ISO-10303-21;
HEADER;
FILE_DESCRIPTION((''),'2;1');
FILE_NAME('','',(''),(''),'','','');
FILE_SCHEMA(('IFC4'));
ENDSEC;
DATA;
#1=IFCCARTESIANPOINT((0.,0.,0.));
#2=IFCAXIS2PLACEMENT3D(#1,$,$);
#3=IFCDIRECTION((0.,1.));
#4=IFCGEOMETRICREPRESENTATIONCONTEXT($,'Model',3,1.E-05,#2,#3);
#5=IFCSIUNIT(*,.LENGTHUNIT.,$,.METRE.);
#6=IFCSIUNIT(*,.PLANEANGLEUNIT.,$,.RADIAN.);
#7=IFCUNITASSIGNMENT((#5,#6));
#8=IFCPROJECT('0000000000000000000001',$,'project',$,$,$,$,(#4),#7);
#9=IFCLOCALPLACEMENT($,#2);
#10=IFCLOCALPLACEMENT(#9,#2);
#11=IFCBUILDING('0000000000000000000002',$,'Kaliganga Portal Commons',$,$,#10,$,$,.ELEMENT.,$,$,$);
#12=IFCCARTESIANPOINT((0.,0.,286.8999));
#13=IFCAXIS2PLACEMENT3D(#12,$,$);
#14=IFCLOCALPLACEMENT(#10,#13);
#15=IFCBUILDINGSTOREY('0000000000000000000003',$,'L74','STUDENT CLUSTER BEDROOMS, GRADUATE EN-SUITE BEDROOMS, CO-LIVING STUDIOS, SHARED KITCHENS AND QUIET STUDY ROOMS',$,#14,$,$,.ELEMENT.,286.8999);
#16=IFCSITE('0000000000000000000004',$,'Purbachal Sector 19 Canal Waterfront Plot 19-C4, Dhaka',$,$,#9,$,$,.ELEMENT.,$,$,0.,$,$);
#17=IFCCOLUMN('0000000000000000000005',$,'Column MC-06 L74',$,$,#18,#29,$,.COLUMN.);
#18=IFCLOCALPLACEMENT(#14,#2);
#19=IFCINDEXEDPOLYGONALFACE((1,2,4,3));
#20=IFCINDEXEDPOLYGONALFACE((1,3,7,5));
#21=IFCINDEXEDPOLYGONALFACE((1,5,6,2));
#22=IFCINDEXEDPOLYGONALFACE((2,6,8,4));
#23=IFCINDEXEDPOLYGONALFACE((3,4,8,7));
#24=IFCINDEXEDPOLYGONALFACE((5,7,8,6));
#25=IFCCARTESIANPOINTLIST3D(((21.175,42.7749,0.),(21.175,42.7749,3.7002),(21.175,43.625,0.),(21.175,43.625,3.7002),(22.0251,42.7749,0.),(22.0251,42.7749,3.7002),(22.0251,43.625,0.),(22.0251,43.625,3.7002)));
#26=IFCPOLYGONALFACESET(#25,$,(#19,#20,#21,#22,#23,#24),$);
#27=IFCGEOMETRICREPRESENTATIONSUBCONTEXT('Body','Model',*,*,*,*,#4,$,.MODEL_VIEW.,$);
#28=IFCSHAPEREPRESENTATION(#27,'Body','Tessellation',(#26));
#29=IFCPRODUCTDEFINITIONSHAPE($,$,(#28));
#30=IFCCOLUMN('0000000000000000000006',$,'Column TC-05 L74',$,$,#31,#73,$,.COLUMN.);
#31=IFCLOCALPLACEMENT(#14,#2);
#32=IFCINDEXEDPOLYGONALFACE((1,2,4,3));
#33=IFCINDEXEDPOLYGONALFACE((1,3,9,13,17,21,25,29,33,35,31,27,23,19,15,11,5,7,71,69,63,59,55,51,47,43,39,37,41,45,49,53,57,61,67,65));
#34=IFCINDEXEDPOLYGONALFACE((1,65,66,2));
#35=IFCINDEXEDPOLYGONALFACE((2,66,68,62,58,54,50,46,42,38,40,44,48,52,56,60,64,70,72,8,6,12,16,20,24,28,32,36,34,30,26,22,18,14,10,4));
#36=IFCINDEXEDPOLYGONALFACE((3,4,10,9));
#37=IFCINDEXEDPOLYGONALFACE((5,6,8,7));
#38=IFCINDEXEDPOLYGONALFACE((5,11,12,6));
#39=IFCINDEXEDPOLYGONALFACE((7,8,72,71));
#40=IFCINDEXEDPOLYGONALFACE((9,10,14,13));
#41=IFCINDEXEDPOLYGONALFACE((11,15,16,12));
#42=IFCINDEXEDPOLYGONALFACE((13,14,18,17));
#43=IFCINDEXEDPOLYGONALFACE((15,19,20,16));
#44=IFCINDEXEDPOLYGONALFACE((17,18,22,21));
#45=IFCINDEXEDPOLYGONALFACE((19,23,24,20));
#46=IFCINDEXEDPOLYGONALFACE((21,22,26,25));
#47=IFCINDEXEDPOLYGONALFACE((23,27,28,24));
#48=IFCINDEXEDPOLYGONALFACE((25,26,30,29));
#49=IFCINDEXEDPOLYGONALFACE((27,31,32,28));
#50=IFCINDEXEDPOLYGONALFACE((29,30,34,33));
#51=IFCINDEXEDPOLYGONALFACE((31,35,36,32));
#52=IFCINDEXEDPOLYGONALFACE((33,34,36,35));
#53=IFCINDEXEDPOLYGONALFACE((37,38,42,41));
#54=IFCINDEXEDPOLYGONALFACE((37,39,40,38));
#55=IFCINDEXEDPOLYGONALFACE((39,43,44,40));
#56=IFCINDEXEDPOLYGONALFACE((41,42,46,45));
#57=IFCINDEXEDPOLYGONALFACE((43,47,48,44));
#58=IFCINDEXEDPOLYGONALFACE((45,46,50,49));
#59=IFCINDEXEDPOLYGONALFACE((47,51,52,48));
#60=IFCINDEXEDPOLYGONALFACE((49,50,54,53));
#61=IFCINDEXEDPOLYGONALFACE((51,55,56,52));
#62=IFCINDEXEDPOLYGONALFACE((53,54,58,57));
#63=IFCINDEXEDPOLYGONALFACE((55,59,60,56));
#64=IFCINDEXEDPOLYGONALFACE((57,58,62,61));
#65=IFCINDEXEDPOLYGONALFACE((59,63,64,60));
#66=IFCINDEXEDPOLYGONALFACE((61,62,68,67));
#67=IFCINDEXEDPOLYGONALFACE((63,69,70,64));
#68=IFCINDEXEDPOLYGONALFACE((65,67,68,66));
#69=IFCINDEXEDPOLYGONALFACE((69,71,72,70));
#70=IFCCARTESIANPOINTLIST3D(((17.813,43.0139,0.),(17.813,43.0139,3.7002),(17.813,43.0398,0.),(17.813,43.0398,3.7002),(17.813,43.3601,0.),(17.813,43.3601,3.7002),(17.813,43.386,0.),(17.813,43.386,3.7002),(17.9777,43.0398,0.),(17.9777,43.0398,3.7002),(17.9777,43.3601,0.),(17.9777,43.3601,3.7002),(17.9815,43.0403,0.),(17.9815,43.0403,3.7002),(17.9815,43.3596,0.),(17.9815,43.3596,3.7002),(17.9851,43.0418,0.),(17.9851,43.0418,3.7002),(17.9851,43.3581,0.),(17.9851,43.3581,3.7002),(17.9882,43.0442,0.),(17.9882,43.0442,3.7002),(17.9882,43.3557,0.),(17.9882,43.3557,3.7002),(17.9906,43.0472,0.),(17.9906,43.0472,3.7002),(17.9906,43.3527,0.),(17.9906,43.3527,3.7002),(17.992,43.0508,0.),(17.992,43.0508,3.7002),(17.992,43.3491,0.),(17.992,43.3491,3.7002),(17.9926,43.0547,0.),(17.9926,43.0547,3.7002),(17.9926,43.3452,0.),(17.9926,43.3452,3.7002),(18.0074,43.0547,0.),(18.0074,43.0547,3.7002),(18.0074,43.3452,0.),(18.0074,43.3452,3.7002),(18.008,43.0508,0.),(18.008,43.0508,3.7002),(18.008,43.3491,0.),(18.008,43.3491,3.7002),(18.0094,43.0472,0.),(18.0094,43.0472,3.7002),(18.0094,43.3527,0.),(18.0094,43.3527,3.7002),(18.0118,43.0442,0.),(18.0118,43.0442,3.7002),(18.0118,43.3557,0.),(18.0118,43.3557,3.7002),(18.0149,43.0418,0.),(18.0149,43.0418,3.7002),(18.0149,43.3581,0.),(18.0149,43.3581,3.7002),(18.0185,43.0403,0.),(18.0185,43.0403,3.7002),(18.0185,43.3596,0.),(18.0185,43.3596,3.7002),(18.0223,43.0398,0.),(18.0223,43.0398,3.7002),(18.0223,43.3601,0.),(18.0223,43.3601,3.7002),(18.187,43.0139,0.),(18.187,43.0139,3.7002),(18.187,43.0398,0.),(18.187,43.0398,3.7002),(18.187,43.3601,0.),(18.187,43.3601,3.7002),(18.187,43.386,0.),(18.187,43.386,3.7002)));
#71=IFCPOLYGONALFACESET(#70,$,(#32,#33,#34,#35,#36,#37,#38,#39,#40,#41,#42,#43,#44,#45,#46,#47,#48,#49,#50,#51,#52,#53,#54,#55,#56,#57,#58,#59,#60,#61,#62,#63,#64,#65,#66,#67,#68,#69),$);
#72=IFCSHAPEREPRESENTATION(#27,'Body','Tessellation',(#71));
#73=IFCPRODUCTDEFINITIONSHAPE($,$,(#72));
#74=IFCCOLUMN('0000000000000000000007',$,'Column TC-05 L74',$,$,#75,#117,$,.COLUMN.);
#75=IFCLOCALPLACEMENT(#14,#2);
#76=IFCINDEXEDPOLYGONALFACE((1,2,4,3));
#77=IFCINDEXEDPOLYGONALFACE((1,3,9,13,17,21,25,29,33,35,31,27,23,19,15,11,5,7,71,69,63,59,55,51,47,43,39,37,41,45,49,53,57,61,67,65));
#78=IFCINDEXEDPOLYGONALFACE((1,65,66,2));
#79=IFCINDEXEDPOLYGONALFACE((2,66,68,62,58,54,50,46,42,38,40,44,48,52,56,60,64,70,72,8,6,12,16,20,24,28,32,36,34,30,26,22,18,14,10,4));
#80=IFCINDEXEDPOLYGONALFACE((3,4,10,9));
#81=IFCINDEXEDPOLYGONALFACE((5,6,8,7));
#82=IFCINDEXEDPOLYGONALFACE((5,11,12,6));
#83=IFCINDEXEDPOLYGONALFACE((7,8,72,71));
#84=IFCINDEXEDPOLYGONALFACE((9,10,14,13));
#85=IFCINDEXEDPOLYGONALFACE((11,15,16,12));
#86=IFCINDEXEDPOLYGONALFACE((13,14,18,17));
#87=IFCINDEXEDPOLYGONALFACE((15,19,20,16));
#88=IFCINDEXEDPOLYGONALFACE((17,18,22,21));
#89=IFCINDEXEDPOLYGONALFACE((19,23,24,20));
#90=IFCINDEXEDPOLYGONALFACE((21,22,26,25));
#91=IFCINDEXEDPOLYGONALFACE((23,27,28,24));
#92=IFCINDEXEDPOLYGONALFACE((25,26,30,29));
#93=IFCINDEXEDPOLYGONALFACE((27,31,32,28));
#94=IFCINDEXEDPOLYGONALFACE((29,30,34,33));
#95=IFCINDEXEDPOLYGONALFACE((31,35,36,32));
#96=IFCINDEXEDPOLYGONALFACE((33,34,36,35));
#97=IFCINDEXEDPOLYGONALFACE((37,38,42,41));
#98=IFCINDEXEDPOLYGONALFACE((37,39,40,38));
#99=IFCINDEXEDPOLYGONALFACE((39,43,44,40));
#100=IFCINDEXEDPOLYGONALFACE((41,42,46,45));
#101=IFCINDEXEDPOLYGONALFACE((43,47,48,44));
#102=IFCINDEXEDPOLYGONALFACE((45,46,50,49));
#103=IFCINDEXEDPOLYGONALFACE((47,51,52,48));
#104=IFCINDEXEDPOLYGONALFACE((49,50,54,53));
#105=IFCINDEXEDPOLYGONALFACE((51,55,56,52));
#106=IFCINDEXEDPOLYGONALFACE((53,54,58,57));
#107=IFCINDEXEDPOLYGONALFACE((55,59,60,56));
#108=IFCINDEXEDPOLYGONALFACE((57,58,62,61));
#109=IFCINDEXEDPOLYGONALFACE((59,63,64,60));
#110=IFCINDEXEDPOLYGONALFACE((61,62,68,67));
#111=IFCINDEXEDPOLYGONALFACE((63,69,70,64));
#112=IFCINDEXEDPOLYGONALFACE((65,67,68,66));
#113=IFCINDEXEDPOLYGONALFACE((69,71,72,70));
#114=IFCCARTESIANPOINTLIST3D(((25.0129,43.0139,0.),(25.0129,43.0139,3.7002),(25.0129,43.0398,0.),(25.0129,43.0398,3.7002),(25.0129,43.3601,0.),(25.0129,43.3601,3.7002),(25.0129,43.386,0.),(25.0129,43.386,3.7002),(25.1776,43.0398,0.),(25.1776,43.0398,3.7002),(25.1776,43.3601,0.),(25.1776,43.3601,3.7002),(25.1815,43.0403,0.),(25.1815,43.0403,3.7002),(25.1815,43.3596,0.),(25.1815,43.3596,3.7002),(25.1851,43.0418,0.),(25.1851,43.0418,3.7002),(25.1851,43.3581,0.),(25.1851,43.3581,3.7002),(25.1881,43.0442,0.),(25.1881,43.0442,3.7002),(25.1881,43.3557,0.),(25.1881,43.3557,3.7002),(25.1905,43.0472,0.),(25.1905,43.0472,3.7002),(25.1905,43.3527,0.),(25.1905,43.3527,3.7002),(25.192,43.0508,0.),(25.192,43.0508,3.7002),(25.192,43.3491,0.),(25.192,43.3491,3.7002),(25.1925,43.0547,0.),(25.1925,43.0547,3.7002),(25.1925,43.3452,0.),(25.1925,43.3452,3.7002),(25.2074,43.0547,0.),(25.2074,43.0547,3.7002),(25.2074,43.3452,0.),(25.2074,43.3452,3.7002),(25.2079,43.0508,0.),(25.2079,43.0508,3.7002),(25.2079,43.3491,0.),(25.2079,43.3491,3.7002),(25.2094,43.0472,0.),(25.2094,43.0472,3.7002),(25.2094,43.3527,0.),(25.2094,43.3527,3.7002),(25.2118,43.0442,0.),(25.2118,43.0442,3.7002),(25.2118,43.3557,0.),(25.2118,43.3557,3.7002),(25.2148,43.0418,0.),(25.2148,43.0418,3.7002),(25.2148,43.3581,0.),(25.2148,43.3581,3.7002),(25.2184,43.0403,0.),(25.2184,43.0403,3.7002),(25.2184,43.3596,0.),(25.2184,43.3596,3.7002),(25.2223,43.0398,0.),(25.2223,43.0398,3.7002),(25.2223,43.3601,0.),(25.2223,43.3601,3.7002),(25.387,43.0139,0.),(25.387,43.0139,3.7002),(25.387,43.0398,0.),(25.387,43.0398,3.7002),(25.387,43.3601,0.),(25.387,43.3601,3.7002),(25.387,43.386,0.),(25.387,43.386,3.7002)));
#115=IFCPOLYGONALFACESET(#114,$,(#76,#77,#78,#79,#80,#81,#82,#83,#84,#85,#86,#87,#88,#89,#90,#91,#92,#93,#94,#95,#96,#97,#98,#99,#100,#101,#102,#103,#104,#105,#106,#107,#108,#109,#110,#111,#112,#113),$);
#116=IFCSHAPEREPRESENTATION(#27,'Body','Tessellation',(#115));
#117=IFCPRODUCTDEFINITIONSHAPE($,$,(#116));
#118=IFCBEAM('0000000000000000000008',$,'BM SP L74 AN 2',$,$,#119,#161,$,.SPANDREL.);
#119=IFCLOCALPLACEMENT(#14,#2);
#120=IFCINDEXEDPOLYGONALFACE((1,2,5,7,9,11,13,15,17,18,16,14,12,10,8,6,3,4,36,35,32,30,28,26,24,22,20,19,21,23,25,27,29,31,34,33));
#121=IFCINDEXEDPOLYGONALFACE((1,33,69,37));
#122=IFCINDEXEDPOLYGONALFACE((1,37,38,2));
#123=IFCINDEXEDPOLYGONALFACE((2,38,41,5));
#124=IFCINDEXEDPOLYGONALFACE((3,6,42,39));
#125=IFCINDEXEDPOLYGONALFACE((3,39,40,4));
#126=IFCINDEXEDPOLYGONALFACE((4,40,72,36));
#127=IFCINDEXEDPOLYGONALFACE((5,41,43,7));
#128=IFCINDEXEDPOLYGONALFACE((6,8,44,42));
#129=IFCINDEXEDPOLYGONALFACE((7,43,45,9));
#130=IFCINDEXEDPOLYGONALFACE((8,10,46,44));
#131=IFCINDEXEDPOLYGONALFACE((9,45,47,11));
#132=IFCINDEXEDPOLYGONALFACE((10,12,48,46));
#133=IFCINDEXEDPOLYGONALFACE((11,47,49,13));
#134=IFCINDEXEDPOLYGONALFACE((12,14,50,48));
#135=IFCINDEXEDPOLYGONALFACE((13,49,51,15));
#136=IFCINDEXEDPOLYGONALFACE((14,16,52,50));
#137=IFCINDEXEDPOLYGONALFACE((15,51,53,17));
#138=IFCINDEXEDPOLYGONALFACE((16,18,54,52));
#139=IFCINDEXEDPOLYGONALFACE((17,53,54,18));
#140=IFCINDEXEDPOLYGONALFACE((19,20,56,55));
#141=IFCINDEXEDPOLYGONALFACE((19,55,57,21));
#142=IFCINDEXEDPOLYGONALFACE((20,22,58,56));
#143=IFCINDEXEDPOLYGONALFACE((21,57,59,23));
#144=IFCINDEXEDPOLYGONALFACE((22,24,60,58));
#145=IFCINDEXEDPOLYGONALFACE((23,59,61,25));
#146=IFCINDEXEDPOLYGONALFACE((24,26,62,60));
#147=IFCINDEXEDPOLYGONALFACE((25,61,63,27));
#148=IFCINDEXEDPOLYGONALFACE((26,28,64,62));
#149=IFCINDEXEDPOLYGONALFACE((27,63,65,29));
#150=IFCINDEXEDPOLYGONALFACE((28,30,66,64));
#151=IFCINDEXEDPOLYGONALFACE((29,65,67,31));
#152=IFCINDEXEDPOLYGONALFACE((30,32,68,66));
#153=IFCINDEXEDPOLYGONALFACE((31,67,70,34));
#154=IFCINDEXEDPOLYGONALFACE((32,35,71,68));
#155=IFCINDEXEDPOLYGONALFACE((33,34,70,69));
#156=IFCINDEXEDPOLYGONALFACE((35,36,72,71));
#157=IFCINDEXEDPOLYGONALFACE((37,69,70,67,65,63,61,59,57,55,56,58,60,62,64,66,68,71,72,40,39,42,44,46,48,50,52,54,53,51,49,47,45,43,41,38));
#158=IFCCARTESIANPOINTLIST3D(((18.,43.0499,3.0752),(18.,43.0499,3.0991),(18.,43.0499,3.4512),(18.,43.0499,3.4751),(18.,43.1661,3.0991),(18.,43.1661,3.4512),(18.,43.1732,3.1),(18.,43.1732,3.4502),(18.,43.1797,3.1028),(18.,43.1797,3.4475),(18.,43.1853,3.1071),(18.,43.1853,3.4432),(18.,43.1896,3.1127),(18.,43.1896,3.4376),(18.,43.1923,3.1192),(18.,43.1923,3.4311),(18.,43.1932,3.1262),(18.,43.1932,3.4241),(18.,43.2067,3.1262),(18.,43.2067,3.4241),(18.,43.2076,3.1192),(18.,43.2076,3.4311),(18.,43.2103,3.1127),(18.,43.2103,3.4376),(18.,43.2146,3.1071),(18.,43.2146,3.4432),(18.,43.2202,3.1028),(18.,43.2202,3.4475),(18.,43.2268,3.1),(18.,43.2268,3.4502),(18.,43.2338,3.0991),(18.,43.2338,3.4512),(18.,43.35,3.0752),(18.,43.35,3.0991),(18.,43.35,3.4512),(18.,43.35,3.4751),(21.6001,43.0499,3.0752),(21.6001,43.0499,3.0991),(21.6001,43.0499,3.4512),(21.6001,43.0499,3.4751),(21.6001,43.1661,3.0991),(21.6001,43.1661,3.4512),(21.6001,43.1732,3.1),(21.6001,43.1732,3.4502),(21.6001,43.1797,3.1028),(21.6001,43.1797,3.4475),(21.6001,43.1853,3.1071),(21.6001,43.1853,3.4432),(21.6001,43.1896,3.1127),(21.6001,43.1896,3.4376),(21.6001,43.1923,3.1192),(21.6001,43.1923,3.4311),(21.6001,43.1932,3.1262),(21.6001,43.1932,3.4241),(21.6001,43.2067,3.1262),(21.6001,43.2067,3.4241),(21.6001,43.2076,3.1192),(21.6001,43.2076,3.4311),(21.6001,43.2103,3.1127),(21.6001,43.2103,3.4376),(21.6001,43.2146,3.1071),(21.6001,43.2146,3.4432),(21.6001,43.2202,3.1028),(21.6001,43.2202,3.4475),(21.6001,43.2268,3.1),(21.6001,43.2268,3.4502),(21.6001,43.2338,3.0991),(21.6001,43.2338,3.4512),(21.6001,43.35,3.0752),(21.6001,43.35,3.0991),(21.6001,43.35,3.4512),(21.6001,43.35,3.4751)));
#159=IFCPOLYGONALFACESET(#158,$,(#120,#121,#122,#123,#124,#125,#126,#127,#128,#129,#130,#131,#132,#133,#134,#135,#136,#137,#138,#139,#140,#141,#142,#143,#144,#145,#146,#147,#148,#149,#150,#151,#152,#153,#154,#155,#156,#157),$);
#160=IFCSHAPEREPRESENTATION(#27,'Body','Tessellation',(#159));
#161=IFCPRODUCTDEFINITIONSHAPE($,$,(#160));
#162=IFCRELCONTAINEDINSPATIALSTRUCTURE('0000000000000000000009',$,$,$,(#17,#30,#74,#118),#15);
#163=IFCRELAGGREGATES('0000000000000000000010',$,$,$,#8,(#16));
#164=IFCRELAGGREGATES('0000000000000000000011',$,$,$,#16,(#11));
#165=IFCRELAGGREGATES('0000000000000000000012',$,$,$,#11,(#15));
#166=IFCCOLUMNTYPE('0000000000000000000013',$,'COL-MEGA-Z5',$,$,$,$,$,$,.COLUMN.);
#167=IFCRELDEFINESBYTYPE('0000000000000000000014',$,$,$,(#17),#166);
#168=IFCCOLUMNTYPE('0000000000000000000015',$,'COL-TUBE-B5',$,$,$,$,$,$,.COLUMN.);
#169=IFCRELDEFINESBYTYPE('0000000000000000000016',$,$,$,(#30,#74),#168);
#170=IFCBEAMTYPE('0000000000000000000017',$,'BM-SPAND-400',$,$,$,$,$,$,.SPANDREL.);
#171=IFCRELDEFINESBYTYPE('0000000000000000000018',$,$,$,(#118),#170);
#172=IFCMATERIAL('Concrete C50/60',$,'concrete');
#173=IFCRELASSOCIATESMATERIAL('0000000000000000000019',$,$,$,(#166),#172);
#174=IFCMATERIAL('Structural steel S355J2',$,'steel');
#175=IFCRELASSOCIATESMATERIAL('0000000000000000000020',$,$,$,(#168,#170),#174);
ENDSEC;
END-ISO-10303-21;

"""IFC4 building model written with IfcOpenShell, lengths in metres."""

from ifc_helpers import new_model, si_unit, direction, frame, origin, origin_2d, place, context, subcontext, project, spatial, rectangle, i_section, extrude, source, transform, mapped, material, material_profile, profile_set, type_object, element, save


model = new_model("IFC4")

# Units and contexts
model_context = context("Model", 3, precision=1e-05, world=origin(), true_north=direction((0.0, 1.0)))
body_context = subcontext(model_context, "Body", "Model", "MODEL_VIEW")
ifc_project = project(units=[si_unit("LENGTHUNIT", "METRE"), si_unit("PLANEANGLEUNIT", "RADIAN")], contexts=[model_context])

# Site, building, storey
site_placement = place(None, origin())
site = spatial("IfcSite", under=ifc_project, at=site_placement, Name="Purbachal Sector 19 Canal Waterfront Plot 19-C4, Dhaka", CompositionType="ELEMENT", RefElevation=0.0)
building_placement = place(site_placement, origin())
building = spatial("IfcBuilding", under=site, at=building_placement, Name="Kaliganga Portal Commons", CompositionType="ELEMENT")
storey_placement = place(building_placement, frame((0.0, 0.0, 286.8999)))
storey = spatial("IfcBuildingStorey", under=building, at=storey_placement, Name="L74", Description="STUDENT CLUSTER BEDROOMS, GRADUATE EN-SUITE BEDROOMS, CO-LIVING STUDIOS, SHARED KITCHENS AND QUIET STUDY ROOMS", CompositionType="ELEMENT", Elevation=286.8999)

# Columns
ifc_material_1 = material(Name="Concrete C50/60", Category="concrete")
ifc_material_profile_1 = material_profile(ifc_material_1, rectangle(XDim=0.8501, YDim=0.8501, at=origin_2d()), Name="RC 850x850")
ifc_profile_set_1 = profile_set([ifc_material_profile_1], Name="Concrete C50/60")
column_type_1 = type_object("IfcColumnType", Name="COL-MEGA-Z5", PredefinedType="COLUMN", material=ifc_profile_set_1)
shared_shape_1 = source(origin(), body_context, "Body", "SweptSolid", [
    extrude(rectangle(XDim=0.8501, YDim=0.8501, at=origin_2d()), origin(), (0.0, 0.0, 1.0), 3.7002),
])
column_placement = place(storey_placement, frame((21.6001, 43.2, 0.0), z_axis=(0.0, 0.0, 1.0), x_axis=(1.0, 0.0, 0.0)))
element("IfcColumn", 1, at=column_placement, inside=storey, type_object=column_type_1, Name="Column MC-06 L74", PredefinedType="COLUMN", context=body_context, shape_type="MappedRepresentation", body=[
    mapped(shared_shape_1, transform((0.0, 0.0, 0.0), x_axis=(1.0, 0.0, 0.0), y_axis=(0.0, 1.0, 0.0), z_axis=(0.0, 0.0, 1.0), scale=1.0)),
])
ifc_material_2 = material(Name="Structural steel S355J2", Category="steel")
ifc_material_profile_2 = material_profile(ifc_material_2, i_section(OverallWidth=0.374, OverallDepth=0.3721, WebThickness=0.0149, FlangeThickness=0.0259, FilletRadius=0.0149, at=origin_2d()), Name="HD 360x196")
ifc_profile_set_2 = profile_set([ifc_material_profile_2], Name="Structural steel S355J2 wide-flange")
column_type_2 = type_object("IfcColumnType", Name="COL-TUBE-B5", PredefinedType="COLUMN", material=ifc_profile_set_2)
shared_shape_2 = source(origin(), body_context, "Body", "SweptSolid", [
    extrude(i_section(OverallWidth=0.374, OverallDepth=0.3721, WebThickness=0.0149, FlangeThickness=0.0259, FilletRadius=0.0149, at=origin_2d()), origin(), (0.0, 0.0, 1.0), 3.7002),
])
for number, where, z_axis, x_axis, name in (
    (2, (18.0, 43.2, 0.0), (0.0, 0.0, 1.0), (1.0, 0.0, 0.0), "Column TC-05 L74"),
    (3, (25.2, 43.2, 0.0), (0.0, 0.0, 1.0), (1.0, 0.0, 0.0), "Column TC-05 L74"),
):
    element("IfcColumn", number, at=place(storey_placement, frame(where, z_axis=z_axis, x_axis=x_axis)), inside=storey, type_object=column_type_2, Name=name, PredefinedType="COLUMN", context=body_context, shape_type="MappedRepresentation", body=[
        mapped(shared_shape_2, transform((0.0, 0.0, 0.0), x_axis=(1.0, 0.0, 0.0), y_axis=(0.0, 1.0, 0.0), z_axis=(0.0, 0.0, 1.0), scale=1.0)),
    ])

# Beam
ifc_material_profile_3 = material_profile(ifc_material_2, i_section(OverallWidth=0.3, OverallDepth=0.3999, WebThickness=0.0134, FlangeThickness=0.0239, FilletRadius=0.0271, at=origin_2d()), Name="HE 400 B")
ifc_profile_set_3 = profile_set([ifc_material_profile_3], Name="Structural steel S355J2 wide-flange")
beam_type = type_object("IfcBeamType", Name="BM-SPAND-400", PredefinedType="SPANDREL", material=ifc_profile_set_3)
shared_shape_3 = source(origin(), body_context, "Body", "SweptSolid", [
    extrude(i_section(OverallWidth=0.3, OverallDepth=0.3999, WebThickness=0.0134, FlangeThickness=0.0239, FilletRadius=0.0271, at=origin_2d()), origin(), (0.0, 0.0, 1.0), 3.6001),
])
for number, where, z_axis, x_axis, name in (
    (4, (18.0, 43.2, 3.2751), (1.0, 0.0, 0.0), (0.0, 1.0, 0.0), "BM SP L74 AN 2"),
):
    element("IfcBeam", number, at=place(storey_placement, frame(where, z_axis=z_axis, x_axis=x_axis)), inside=storey, type_object=beam_type, Name=name, PredefinedType="SPANDREL", context=body_context, shape_type="MappedRepresentation", body=[
        mapped(shared_shape_3, transform((0.0, 0.0, 0.0), x_axis=(1.0, 0.0, 0.0), y_axis=(0.0, 1.0, 0.0), z_axis=(0.0, 0.0, 1.0), scale=1.0)),
    ])

save(model, "model.ifc")
